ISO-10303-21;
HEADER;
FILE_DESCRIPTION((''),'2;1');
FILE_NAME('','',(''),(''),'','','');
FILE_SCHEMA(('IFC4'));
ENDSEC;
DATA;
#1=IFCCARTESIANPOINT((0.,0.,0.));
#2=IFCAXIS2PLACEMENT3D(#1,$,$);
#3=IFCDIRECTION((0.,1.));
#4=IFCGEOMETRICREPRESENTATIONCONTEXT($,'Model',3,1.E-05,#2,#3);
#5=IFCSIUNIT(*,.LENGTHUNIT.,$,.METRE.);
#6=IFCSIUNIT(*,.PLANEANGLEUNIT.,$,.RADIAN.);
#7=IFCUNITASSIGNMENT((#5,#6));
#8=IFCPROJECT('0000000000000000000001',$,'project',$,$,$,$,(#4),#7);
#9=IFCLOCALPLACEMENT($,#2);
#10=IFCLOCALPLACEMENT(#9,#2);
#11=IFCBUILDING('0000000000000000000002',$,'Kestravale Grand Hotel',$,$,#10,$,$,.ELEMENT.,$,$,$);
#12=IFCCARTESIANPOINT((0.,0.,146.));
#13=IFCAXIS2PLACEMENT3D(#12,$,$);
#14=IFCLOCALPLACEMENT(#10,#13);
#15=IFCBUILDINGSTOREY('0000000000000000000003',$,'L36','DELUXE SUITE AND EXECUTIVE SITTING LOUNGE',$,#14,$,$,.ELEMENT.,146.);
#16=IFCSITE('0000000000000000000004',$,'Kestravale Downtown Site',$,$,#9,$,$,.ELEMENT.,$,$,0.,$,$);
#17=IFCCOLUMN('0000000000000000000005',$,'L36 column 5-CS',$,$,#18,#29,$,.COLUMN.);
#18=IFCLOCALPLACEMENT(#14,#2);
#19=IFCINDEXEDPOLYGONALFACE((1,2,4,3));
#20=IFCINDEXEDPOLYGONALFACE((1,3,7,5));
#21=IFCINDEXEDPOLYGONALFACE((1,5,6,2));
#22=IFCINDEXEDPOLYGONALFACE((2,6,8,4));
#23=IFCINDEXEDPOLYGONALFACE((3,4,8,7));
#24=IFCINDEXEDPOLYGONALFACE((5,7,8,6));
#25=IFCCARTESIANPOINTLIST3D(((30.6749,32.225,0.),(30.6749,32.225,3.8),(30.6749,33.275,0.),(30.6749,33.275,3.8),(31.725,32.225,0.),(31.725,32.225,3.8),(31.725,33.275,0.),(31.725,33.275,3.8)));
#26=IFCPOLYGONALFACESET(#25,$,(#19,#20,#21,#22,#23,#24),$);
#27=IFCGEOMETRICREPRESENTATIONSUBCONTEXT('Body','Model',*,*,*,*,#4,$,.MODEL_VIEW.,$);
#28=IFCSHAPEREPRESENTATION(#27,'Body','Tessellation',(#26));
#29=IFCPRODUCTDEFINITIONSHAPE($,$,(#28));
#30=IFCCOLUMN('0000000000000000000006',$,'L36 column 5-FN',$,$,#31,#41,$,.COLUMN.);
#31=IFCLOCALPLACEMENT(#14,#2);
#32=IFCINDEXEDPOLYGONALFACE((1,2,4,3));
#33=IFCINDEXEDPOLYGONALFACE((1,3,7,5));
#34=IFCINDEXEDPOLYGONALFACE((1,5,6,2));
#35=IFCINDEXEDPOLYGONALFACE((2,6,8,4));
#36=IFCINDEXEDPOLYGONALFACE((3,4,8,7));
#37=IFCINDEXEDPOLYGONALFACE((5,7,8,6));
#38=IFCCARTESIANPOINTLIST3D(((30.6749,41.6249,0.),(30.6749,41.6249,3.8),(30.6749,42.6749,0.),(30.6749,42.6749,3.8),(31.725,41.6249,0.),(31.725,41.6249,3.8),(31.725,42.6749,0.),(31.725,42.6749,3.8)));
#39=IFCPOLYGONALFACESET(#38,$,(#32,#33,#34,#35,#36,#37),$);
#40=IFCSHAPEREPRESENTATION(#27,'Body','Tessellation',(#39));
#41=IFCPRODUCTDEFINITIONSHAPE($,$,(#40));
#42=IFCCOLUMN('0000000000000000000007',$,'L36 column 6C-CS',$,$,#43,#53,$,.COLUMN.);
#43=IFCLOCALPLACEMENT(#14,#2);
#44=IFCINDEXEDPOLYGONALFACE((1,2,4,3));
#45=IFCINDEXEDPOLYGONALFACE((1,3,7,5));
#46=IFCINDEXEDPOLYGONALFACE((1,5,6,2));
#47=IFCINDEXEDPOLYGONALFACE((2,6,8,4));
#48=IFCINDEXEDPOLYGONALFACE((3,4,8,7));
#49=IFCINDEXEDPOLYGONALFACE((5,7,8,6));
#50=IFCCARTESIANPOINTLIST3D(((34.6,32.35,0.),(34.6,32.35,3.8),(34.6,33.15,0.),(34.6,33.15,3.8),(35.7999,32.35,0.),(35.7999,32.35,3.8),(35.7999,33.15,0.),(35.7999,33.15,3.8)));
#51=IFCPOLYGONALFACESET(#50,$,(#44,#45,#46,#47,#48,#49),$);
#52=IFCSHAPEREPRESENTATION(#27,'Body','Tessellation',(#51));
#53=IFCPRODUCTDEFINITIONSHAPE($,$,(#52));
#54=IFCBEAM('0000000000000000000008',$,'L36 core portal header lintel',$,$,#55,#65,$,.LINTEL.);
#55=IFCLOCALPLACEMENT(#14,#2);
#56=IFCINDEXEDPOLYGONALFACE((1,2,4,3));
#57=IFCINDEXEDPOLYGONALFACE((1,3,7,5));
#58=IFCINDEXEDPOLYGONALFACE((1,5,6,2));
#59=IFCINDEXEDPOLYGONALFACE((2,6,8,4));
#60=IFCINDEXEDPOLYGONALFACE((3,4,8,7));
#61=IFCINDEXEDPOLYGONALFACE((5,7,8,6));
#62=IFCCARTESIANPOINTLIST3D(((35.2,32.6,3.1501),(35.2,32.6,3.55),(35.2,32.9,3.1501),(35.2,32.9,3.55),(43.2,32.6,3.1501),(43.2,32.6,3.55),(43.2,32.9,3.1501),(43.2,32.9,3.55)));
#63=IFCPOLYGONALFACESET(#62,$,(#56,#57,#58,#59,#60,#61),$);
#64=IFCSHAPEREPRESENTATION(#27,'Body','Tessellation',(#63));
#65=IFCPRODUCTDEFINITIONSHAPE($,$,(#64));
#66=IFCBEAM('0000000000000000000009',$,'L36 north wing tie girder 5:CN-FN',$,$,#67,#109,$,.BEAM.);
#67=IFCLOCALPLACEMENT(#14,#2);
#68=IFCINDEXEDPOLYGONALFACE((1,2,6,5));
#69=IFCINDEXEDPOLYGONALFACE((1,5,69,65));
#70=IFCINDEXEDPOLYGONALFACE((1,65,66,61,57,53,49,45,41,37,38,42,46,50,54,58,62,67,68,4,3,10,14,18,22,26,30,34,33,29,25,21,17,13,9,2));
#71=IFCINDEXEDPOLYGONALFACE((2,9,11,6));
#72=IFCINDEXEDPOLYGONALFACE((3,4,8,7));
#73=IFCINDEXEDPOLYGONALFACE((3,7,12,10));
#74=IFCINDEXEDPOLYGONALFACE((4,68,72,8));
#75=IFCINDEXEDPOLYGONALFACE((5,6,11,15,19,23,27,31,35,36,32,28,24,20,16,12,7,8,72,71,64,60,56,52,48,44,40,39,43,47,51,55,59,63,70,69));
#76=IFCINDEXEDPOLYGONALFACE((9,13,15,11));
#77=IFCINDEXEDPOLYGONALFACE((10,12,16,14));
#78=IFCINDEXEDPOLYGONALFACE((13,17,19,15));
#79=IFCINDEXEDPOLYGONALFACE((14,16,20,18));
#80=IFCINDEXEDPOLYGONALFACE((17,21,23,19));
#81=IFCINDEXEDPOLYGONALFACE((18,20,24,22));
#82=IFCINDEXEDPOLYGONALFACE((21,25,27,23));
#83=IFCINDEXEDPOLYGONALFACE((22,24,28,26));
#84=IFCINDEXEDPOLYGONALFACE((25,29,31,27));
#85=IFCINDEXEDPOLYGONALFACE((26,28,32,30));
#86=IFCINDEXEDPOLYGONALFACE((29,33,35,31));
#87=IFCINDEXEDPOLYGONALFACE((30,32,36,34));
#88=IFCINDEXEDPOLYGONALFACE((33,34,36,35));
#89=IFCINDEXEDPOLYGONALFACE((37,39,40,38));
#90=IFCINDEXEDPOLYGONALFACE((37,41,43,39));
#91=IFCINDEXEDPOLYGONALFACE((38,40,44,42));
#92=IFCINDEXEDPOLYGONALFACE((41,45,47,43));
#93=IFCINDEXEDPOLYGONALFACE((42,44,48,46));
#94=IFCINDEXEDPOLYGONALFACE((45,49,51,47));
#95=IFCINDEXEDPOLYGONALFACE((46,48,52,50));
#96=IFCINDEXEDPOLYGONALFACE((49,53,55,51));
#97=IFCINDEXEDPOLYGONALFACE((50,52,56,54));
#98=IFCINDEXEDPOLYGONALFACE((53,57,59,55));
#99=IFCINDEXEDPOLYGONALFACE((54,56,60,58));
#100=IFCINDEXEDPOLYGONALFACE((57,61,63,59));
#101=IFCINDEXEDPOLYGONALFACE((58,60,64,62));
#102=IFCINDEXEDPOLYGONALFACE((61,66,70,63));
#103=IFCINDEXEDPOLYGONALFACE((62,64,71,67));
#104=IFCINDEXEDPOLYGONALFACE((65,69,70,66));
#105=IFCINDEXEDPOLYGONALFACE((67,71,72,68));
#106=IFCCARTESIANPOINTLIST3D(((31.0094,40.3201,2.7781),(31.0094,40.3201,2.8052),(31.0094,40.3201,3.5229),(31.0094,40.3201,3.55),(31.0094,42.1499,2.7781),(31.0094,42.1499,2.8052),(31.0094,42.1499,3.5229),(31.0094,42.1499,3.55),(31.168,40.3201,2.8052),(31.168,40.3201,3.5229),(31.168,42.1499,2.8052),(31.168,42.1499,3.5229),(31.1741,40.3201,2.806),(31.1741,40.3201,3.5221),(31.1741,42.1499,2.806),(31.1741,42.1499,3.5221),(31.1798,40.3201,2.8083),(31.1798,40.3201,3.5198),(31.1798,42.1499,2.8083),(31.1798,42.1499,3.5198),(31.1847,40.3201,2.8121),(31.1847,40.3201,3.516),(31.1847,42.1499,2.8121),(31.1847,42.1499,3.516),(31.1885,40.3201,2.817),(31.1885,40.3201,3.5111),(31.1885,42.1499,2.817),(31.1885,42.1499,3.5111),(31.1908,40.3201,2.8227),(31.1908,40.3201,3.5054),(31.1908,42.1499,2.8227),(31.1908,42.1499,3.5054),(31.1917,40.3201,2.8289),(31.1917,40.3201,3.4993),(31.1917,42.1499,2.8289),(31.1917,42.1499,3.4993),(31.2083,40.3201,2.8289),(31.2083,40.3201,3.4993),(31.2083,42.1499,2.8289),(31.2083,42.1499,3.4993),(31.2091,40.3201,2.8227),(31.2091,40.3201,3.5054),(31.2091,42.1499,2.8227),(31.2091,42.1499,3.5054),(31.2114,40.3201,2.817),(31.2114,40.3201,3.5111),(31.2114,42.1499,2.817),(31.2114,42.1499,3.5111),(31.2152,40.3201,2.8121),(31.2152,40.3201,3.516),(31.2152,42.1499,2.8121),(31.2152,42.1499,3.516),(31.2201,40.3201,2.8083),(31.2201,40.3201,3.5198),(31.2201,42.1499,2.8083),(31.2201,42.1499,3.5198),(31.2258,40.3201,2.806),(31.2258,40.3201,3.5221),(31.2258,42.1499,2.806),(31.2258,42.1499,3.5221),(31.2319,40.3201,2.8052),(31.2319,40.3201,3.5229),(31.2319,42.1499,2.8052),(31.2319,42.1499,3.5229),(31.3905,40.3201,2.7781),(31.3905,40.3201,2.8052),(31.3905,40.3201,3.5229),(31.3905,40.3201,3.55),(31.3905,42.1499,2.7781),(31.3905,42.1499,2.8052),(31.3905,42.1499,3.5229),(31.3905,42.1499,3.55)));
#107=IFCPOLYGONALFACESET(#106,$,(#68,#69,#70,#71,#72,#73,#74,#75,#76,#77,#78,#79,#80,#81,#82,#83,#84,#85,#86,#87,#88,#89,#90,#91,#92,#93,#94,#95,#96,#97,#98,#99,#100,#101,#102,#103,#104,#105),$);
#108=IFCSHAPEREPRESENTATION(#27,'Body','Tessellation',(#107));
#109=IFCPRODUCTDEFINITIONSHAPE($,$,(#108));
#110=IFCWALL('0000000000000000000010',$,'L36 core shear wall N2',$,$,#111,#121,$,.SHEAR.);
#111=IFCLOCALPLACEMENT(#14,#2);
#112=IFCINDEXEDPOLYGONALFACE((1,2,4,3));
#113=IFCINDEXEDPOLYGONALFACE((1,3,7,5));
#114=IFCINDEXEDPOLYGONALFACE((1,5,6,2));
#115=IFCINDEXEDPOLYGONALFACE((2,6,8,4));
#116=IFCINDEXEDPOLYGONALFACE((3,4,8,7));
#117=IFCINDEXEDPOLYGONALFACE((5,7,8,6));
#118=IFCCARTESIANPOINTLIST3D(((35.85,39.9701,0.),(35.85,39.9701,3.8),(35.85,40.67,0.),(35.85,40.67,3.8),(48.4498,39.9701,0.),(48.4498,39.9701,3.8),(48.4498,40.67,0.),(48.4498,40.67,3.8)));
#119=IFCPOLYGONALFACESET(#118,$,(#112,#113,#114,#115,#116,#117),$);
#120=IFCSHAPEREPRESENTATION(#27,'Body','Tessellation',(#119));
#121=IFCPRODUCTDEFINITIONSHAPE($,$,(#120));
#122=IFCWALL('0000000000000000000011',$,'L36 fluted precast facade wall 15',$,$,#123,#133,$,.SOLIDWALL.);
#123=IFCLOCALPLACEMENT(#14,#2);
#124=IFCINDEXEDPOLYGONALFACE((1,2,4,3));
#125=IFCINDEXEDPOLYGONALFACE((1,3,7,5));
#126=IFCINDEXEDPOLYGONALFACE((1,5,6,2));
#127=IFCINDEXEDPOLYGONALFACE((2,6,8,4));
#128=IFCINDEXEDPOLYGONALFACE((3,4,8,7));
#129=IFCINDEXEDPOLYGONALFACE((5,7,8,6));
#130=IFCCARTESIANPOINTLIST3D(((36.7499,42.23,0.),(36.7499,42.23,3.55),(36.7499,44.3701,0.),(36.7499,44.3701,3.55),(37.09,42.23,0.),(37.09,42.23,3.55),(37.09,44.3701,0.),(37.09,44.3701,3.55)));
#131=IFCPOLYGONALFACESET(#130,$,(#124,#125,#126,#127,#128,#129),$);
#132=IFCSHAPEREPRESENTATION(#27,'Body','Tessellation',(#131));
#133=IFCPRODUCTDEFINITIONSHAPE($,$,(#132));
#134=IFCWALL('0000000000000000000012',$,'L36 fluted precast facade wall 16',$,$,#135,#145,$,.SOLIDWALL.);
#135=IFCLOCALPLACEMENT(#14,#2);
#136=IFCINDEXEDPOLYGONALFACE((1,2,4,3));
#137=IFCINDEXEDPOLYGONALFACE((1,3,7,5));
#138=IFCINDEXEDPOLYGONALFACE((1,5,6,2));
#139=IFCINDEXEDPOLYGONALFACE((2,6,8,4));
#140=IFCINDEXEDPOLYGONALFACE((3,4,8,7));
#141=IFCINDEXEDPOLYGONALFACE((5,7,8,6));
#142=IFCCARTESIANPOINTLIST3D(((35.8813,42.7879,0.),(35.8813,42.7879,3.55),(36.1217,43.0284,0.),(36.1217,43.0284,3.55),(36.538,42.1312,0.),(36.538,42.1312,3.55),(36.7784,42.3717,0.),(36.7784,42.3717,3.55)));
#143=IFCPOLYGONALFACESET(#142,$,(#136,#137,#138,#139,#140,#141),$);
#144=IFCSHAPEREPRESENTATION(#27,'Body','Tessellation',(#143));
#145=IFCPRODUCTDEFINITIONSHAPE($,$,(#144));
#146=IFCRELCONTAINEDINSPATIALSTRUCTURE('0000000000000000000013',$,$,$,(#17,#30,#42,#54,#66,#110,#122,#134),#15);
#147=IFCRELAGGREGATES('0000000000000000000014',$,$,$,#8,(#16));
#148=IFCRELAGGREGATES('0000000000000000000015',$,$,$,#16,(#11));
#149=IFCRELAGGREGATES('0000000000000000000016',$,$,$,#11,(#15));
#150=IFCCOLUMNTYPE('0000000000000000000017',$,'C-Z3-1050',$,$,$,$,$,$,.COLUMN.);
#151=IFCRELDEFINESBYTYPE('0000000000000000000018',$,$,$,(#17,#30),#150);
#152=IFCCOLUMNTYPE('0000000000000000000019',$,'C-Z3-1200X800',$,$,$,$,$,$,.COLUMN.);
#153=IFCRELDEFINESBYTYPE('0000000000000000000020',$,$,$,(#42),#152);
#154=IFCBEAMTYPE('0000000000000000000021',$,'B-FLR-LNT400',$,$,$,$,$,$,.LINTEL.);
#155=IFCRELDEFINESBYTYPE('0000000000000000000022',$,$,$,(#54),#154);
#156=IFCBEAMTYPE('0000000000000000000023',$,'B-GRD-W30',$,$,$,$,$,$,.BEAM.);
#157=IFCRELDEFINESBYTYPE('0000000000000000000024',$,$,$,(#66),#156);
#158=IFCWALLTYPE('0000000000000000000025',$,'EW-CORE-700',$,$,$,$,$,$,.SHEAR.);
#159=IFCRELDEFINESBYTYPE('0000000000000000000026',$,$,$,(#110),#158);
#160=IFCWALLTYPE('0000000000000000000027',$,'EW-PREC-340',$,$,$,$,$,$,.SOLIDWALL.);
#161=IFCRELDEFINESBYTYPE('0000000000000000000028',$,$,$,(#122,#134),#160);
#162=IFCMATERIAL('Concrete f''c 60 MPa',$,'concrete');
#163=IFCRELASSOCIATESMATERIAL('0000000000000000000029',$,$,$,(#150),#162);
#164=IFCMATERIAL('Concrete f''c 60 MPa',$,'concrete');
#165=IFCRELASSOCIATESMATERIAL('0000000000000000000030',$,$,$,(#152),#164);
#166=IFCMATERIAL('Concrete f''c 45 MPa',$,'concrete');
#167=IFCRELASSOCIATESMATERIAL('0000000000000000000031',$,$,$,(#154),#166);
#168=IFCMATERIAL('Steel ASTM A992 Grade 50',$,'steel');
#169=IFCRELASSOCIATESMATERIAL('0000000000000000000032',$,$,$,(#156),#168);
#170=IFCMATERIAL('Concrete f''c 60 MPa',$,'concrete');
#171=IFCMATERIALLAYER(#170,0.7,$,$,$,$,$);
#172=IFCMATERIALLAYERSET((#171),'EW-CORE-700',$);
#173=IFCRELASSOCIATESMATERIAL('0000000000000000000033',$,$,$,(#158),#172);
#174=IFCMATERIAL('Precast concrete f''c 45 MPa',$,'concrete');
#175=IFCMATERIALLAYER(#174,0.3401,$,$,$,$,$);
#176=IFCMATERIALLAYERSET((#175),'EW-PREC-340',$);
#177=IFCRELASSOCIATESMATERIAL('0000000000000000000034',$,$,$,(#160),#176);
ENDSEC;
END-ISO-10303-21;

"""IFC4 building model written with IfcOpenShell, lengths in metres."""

from ifc_helpers import new_model, si_unit, direction, frame, frame_2d, origin, origin_2d, place, context, subcontext, project, spatial, rectangle, i_section, extrude, material, layer, layer_set, material_profile, profile_set, type_object, element, save


model = new_model("IFC4")

# Units and contexts
model_context = context("Model", 3, precision=1e-05, world=origin(), true_north=direction((0.0, 1.0)))
body_context = subcontext(model_context, "Body", "Model", "MODEL_VIEW")
ifc_project = project(units=[si_unit("LENGTHUNIT", "METRE"), si_unit("PLANEANGLEUNIT", "RADIAN")], contexts=[model_context])

# Site, building, storey
site_placement = place(None, origin())
site = spatial("IfcSite", under=ifc_project, at=site_placement, Name="Kestravale Downtown Site", CompositionType="ELEMENT", RefElevation=0.0)
building_placement = place(site_placement, origin())
building = spatial("IfcBuilding", under=site, at=building_placement, Name="Kestravale Grand Hotel", CompositionType="ELEMENT")
storey_placement = place(building_placement, frame((0.0, 0.0, 146.0)))
storey = spatial("IfcBuildingStorey", under=building, at=storey_placement, Name="L36", Description="DELUXE SUITE AND EXECUTIVE SITTING LOUNGE", CompositionType="ELEMENT", Elevation=146.0)

# Columns
ifc_material_1 = material(Name="Concrete f'c 60 MPa", Category="concrete")
ifc_material_profile_1 = material_profile(ifc_material_1, rectangle(XDim=1.05, YDim=1.05, at=origin_2d()))
ifc_profile_set_1 = profile_set([ifc_material_profile_1], Name="Concrete f'c 60 MPa")
column_type_1 = type_object("IfcColumnType", Name="C-Z3-1050", PredefinedType="COLUMN", material=ifc_profile_set_1)
for number, where, z_axis, x_axis, name in (
    (1, (31.2, 32.75, 0.0), (0.0, 0.0, 1.0), (1.0, 0.0, 0.0), "L36 column 5-CS"),
    (2, (31.2, 42.1499, 0.0), (0.0, 0.0, 1.0), (1.0, 0.0, 0.0), "L36 column 5-FN"),
):
    element("IfcColumn", number, at=place(storey_placement, frame(where, z_axis=z_axis, x_axis=x_axis)), inside=storey, type_object=column_type_1, Name=name, PredefinedType="COLUMN", context=body_context, shape_type="SweptSolid", body=[
        extrude(rectangle(XDim=1.05, YDim=1.05, at=origin_2d()), origin(), (0.0, 0.0, 1.0), 3.8),
    ])
ifc_material_2 = material(Name="Concrete f'c 60 MPa", Category="concrete")
ifc_material_profile_2 = material_profile(ifc_material_2, rectangle(XDim=1.2, YDim=0.8, at=origin_2d()))
ifc_profile_set_2 = profile_set([ifc_material_profile_2], Name="Concrete f'c 60 MPa")
column_type_2 = type_object("IfcColumnType", Name="C-Z3-1200X800", PredefinedType="COLUMN", material=ifc_profile_set_2)
column_placement = place(storey_placement, frame((35.2, 32.75, 0.0), z_axis=(0.0, 0.0, 1.0), x_axis=(1.0, 0.0, 0.0)))
element("IfcColumn", 3, at=column_placement, inside=storey, type_object=column_type_2, Name="L36 column 6C-CS", PredefinedType="COLUMN", context=body_context, shape_type="SweptSolid", body=[
    extrude(rectangle(XDim=1.2, YDim=0.8, at=origin_2d()), origin(), (0.0, 0.0, 1.0), 3.8),
])

# Beams
ifc_material_3 = material(Name="Concrete f'c 45 MPa", Category="concrete")
ifc_material_profile_3 = material_profile(ifc_material_3, rectangle(XDim=0.3, YDim=0.3999, at=origin_2d()))
ifc_profile_set_3 = profile_set([ifc_material_profile_3], Name="Concrete f'c 45 MPa")
beam_type_1 = type_object("IfcBeamType", Name="B-FLR-LNT400", PredefinedType="LINTEL", material=ifc_profile_set_3)
beam_1_placement = place(storey_placement, frame((35.2, 32.75, 3.3501), z_axis=(1.0, 0.0, 0.0), x_axis=(0.0, 1.0, 0.0)))
element("IfcBeam", 4, at=beam_1_placement, inside=storey, type_object=beam_type_1, Name="L36 core portal header lintel", PredefinedType="LINTEL", context=body_context, shape_type="SweptSolid", body=[
    extrude(rectangle(XDim=0.3, YDim=0.3999, at=origin_2d()), origin(), (0.0, 0.0, 1.0), 8.0),
])
ifc_material_4 = material(Name="Steel ASTM A992 Grade 50", Category="steel")
ifc_material_profile_4 = material_profile(ifc_material_4, i_section(OverallWidth=0.3811, OverallDepth=0.772, WebThickness=0.0166, FlangeThickness=0.0271, FilletRadius=0.0237, at=origin_2d()))
ifc_profile_set_4 = profile_set([ifc_material_profile_4], Name="Steel ASTM A992 Grade 50")
beam_type_2 = type_object("IfcBeamType", Name="B-GRD-W30", PredefinedType="BEAM", material=ifc_profile_set_4)
beam_2_placement = place(storey_placement, frame((31.2, 40.3201, 3.1641), z_axis=(0.0, 1.0, 0.0), x_axis=(-1.0, 0.0, 0.0)))
element("IfcBeam", 5, at=beam_2_placement, inside=storey, type_object=beam_type_2, Name="L36 north wing tie girder 5:CN-FN", PredefinedType="BEAM", context=body_context, shape_type="SweptSolid", body=[
    extrude(i_section(OverallWidth=0.3811, OverallDepth=0.772, WebThickness=0.0166, FlangeThickness=0.0271, FilletRadius=0.0237, at=origin_2d()), origin(), (0.0, 0.0, 1.0), 1.8298),
])

# Wall
ifc_material_5 = material(Name="Concrete f'c 60 MPa", Category="concrete")
ifc_layer_1 = layer(ifc_material_5, 0.7)
ifc_layer_set_1 = layer_set([ifc_layer_1], Name="EW-CORE-700")
wall_type_1 = type_object("IfcWallType", Name="EW-CORE-700", PredefinedType="SHEAR", material=ifc_layer_set_1)
wall_1_placement = place(storey_placement, frame((35.8501, 40.3201, 0.0), z_axis=(0.0, 0.0, 1.0), x_axis=(1.0, 0.0, 0.0)))
element("IfcWall", 6, at=wall_1_placement, inside=storey, type_object=wall_type_1, Name="L36 core shear wall N2", PredefinedType="SHEAR", context=body_context, shape_type="SweptSolid", body=[
    extrude(rectangle(XDim=12.5999, YDim=0.7, at=frame_2d((6.2998, 0.0))), origin(), (0.0, 0.0, 1.0), 3.8),
])

# Walls
ifc_material_6 = material(Name="Precast concrete f'c 45 MPa", Category="concrete")
ifc_layer_2 = layer(ifc_material_6, 0.3401)
ifc_layer_set_2 = layer_set([ifc_layer_2], Name="EW-PREC-340")
wall_type_2 = type_object("IfcWallType", Name="EW-PREC-340", PredefinedType="SOLIDWALL", material=ifc_layer_set_2)
wall_2_placement = place(storey_placement, frame((36.9199, 44.3701, 0.0), z_axis=(0.0, 0.0, 1.0), x_axis=(0.0, -1.0, 0.0)))
element("IfcWall", 7, at=wall_2_placement, inside=storey, type_object=wall_type_2, Name="L36 fluted precast facade wall 15", PredefinedType="SOLIDWALL", context=body_context, shape_type="SweptSolid", body=[
    extrude(rectangle(XDim=2.1401, YDim=0.3401, at=frame_2d((1.0701, 0.0))), origin(), (0.0, 0.0, 1.0), 3.55),
])
wall_3_placement = place(storey_placement, frame((36.6582, 42.2515, 0.0), z_axis=(0.0, 0.0, 1.0), x_axis=(-0.707107, 0.707107, 0.0)))
element("IfcWall", 8, at=wall_3_placement, inside=storey, type_object=wall_type_2, Name="L36 fluted precast facade wall 16", PredefinedType="SOLIDWALL", context=body_context, shape_type="SweptSolid", body=[
    extrude(rectangle(XDim=0.9287, YDim=0.3401, at=frame_2d((0.4644, 0.0))), origin(), (0.0, 0.0, 1.0), 3.55),
])

save(model, "model.ifc")
